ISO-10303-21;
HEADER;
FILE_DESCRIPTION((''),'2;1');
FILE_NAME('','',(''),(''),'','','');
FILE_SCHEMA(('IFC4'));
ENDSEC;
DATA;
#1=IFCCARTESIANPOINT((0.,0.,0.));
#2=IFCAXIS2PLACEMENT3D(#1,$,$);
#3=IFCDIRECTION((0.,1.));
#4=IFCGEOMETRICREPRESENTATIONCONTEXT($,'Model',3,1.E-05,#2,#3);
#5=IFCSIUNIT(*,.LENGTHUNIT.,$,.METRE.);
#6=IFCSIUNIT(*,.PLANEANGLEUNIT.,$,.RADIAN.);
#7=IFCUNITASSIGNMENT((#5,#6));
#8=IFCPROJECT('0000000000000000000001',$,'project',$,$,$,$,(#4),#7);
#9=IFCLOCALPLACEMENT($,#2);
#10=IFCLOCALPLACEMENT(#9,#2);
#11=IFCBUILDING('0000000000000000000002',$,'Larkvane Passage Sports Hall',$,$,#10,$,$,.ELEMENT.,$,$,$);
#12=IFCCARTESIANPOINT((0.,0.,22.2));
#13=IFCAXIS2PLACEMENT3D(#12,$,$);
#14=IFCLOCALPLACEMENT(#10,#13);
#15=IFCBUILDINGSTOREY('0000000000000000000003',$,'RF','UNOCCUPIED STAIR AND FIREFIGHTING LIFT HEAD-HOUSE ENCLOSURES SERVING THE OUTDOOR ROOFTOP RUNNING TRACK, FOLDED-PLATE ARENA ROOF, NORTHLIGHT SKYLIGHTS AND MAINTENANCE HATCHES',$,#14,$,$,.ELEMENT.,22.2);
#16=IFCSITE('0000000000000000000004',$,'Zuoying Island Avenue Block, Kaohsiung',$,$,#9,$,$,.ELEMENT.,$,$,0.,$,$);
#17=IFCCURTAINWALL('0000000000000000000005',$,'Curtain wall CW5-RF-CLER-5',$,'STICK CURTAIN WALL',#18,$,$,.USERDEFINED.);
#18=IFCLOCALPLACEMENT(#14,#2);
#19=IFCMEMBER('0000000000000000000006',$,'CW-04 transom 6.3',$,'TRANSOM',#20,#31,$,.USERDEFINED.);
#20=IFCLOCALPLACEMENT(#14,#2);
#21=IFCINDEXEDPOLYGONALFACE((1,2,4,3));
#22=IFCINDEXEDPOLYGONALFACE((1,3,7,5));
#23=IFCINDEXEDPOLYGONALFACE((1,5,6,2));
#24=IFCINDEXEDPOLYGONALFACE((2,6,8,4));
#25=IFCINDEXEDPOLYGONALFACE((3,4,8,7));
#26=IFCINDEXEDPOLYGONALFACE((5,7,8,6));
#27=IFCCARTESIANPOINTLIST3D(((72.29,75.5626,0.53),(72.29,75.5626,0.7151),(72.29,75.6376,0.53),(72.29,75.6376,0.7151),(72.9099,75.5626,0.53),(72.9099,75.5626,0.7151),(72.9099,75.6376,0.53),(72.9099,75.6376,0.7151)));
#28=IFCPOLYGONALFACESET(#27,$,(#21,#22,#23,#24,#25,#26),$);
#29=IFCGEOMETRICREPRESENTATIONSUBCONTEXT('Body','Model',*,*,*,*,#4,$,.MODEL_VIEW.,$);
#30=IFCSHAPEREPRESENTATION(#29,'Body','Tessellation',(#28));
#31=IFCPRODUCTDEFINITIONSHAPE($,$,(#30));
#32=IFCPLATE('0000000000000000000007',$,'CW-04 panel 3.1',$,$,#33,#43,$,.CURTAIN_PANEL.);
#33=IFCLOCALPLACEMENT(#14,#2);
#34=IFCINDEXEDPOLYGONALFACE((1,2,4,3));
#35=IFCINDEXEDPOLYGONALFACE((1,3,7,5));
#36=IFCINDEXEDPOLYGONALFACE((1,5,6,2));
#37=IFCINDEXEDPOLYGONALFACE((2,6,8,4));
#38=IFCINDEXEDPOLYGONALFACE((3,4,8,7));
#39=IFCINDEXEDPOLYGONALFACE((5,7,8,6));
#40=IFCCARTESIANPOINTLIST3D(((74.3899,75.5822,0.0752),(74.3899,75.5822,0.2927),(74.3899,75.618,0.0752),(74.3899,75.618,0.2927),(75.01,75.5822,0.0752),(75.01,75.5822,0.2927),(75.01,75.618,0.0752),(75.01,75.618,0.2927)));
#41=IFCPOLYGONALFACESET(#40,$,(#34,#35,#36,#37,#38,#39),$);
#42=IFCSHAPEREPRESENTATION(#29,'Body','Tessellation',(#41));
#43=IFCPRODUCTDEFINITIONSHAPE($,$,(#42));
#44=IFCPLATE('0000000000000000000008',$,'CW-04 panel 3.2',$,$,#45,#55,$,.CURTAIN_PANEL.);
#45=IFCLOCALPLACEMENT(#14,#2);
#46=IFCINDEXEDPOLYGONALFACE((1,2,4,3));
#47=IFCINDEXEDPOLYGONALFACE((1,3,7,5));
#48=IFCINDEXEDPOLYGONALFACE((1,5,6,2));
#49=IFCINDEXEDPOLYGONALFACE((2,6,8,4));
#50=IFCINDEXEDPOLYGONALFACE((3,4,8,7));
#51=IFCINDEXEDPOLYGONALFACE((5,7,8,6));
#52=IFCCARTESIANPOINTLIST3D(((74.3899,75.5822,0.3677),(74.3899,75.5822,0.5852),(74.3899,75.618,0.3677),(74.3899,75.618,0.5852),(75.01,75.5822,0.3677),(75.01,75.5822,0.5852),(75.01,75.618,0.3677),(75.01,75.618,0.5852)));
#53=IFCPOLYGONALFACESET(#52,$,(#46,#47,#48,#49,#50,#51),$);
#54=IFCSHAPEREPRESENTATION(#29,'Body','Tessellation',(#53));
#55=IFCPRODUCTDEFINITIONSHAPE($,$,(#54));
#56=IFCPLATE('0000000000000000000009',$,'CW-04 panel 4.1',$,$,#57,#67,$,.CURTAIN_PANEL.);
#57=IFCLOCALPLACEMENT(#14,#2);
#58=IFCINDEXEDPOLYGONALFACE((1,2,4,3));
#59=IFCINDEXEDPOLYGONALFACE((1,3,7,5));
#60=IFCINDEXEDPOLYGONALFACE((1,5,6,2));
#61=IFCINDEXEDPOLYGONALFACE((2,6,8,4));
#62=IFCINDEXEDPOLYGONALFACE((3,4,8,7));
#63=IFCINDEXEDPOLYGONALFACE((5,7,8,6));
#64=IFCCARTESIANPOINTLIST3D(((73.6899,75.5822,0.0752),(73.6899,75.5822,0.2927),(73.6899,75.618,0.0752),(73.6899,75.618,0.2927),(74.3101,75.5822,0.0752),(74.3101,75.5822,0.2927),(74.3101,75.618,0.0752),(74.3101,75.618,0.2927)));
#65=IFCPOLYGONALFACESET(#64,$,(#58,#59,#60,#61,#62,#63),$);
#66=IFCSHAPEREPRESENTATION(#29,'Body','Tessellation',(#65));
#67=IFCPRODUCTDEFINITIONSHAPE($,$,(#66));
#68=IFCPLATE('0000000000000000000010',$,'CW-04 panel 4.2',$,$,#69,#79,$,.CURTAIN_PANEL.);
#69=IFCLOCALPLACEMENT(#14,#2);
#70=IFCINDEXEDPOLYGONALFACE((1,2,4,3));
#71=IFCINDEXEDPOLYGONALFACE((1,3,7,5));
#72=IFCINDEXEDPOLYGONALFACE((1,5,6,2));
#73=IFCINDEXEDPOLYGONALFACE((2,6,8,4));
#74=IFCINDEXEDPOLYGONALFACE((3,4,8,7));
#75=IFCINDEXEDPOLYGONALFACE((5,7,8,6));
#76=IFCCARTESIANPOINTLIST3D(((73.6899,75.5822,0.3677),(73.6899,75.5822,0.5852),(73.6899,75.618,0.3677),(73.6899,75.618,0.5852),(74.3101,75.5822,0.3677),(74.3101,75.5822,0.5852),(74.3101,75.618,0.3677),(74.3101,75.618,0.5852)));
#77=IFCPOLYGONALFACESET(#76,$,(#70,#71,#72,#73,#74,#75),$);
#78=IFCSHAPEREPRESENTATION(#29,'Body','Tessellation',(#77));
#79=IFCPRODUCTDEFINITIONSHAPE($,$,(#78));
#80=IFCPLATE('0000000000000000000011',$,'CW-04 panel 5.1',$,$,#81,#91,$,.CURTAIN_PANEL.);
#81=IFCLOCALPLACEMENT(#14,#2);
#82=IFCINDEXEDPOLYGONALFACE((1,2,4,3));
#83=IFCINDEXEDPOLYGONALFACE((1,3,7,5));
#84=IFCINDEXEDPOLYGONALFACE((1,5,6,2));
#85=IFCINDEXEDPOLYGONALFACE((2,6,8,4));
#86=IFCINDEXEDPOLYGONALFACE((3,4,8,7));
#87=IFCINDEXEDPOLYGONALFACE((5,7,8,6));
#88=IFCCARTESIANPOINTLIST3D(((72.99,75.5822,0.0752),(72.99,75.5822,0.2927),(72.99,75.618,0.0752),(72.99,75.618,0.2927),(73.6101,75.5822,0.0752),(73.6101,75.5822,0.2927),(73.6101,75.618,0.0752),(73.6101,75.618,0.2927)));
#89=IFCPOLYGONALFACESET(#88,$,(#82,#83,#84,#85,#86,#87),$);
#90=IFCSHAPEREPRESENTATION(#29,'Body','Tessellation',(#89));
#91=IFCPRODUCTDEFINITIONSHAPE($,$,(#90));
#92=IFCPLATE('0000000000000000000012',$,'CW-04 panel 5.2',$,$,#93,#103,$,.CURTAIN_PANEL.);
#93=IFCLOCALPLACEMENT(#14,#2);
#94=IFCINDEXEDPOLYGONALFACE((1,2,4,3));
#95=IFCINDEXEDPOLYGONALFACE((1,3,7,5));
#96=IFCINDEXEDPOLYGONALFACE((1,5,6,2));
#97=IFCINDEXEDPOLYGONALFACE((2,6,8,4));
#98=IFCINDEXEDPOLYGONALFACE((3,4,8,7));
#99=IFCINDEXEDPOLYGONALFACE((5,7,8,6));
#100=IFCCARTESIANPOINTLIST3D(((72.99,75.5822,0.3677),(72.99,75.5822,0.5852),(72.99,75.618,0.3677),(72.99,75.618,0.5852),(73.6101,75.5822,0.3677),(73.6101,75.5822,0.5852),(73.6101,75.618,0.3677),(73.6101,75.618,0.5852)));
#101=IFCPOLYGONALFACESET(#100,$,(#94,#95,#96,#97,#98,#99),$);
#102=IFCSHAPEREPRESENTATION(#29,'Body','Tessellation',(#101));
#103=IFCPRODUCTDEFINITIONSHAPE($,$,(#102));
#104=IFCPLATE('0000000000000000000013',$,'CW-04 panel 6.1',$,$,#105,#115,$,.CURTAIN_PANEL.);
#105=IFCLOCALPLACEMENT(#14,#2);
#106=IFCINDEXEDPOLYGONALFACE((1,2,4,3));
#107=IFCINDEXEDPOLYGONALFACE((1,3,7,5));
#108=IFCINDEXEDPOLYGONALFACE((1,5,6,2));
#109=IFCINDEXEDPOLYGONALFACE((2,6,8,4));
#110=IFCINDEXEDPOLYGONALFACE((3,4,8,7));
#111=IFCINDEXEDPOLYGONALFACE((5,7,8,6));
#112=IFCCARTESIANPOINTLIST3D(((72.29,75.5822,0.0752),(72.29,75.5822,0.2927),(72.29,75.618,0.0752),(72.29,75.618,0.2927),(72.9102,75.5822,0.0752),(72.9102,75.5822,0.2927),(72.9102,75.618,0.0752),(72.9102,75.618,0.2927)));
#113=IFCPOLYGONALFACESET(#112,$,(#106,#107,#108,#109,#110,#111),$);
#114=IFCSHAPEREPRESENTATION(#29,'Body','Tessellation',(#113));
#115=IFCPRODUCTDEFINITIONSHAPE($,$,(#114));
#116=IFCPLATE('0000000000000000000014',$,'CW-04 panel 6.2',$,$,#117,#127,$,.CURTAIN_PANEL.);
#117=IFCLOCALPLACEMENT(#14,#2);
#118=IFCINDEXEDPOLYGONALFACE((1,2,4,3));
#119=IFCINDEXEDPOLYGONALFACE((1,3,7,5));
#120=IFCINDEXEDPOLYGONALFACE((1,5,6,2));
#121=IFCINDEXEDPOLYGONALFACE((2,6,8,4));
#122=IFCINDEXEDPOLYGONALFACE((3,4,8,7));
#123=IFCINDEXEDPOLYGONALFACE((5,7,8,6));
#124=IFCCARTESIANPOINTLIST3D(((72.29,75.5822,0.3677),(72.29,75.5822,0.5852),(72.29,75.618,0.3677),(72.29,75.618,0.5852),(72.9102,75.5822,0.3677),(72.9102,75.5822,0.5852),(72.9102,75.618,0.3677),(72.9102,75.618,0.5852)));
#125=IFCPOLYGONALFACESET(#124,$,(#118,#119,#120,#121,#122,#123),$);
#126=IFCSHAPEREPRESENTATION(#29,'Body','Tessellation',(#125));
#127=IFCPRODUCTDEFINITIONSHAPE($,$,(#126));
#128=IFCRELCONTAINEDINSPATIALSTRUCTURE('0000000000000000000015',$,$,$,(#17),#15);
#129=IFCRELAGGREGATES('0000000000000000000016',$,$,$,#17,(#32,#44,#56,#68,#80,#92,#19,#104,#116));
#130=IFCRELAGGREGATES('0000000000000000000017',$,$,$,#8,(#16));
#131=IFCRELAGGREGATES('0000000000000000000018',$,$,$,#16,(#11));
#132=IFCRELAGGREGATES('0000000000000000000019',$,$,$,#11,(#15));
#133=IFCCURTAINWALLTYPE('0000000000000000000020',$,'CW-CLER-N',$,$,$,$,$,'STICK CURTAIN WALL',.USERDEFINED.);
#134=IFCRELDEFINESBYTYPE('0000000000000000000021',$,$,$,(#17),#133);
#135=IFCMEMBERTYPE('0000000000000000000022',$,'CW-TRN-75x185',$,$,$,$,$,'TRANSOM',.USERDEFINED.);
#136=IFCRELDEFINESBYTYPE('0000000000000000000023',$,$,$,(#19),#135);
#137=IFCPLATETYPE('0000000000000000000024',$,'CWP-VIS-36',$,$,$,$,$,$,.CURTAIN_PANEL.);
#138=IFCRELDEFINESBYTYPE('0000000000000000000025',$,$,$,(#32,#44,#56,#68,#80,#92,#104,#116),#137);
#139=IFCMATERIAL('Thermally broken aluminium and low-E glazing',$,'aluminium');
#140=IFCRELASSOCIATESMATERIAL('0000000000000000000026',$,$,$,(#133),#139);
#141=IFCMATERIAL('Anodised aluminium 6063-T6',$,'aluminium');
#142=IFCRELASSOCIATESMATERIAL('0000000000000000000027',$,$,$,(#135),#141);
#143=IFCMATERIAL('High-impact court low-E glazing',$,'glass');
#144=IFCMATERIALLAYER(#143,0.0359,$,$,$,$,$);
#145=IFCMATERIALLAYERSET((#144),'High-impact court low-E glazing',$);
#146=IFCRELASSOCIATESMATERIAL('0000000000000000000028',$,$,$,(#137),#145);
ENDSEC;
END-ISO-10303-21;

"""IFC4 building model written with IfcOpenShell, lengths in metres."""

from ifc_helpers import new_model, si_unit, direction, frame, origin, origin_2d, place, context, subcontext, project, spatial, rectangle, extrude, material, layer, layer_set, material_profile, profile_set, type_object, element, aggregate, save


model = new_model("IFC4")

# Units and contexts
model_context = context("Model", 3, precision=1e-05, world=origin(), true_north=direction((0.0, 1.0)))
body_context = subcontext(model_context, "Body", "Model", "MODEL_VIEW")
ifc_project = project(units=[si_unit("LENGTHUNIT", "METRE"), si_unit("PLANEANGLEUNIT", "RADIAN")], contexts=[model_context])

# Site, building, storey
site_placement = place(None, origin())
site = spatial("IfcSite", under=ifc_project, at=site_placement, Name="Zuoying Island Avenue Block, Kaohsiung", CompositionType="ELEMENT", RefElevation=0.0)
building_placement = place(site_placement, origin())
building = spatial("IfcBuilding", under=site, at=building_placement, Name="Larkvane Passage Sports Hall", CompositionType="ELEMENT")
storey_placement = place(building_placement, frame((0.0, 0.0, 22.2)))
storey = spatial("IfcBuildingStorey", under=building, at=storey_placement, Name="RF", Description="UNOCCUPIED STAIR AND FIREFIGHTING LIFT HEAD-HOUSE ENCLOSURES SERVING THE OUTDOOR ROOFTOP RUNNING TRACK, FOLDED-PLATE ARENA ROOF, NORTHLIGHT SKYLIGHTS AND MAINTENANCE HATCHES", CompositionType="ELEMENT", Elevation=22.2)

# Curtain wall, member, plates
ifc_material_1 = material(Name="Thermally broken aluminium and low-E glazing", Category="aluminium")
curtain_wall_type = type_object("IfcCurtainWallType", Name="CW-CLER-N", ElementType="STICK CURTAIN WALL", PredefinedType="USERDEFINED", material=ifc_material_1)
curtain_wall_placement = place(storey_placement, origin())
curtain_wall = element("IfcCurtainWall", 1, at=curtain_wall_placement, inside=storey, type_object=curtain_wall_type, Name="Curtain wall CW5-RF-CLER-5", ObjectType="STICK CURTAIN WALL", PredefinedType="USERDEFINED")
ifc_material_2 = material(Name="Anodised aluminium 6063-T6", Category="aluminium")
ifc_material_profile_1 = material_profile(ifc_material_2, rectangle(XDim=0.075, YDim=0.1851, at=origin_2d()), Name="ALU-TRN-75x185")
ifc_profile_set_1 = profile_set([ifc_material_profile_1], Name="Anodised aluminium 6063-T6")
member_type_1 = type_object("IfcMemberType", Name="CW-TRN-75x185", ElementType="TRANSOM", PredefinedType="USERDEFINED", material=ifc_profile_set_1)
member_1_placement = place(storey_placement, frame((72.9099, 75.6001, 0.6226), z_axis=(-1.0, 0.0, 0.0), x_axis=(0.0, -1.0, 0.0)))
member_1 = element("IfcMember", 2, at=member_1_placement, type_object=member_type_1, Name="CW-04 transom 6.3", ObjectType="TRANSOM", PredefinedType="USERDEFINED", context=body_context, shape_type="SweptSolid", body=[
    extrude(rectangle(XDim=0.075, YDim=0.1851, at=origin_2d()), origin(), (0.0, 0.0, 1.0), 0.6199),
])
ifc_material_3 = material(Name="High-impact court low-E glazing", Category="glass")
ifc_layer = layer(ifc_material_3, 0.0359)
ifc_layer_set = layer_set([ifc_layer], Name="High-impact court low-E glazing")
plate_type = type_object("IfcPlateType", Name="CWP-VIS-36", PredefinedType="CURTAIN_PANEL", material=ifc_layer_set)
plate_1_placement = place(storey_placement, frame((74.7, 75.6001, 0.0752), z_axis=(0.0, 0.0, 1.0), x_axis=(-1.0, 0.0, 0.0)))
plate_1 = element("IfcPlate", 3, at=plate_1_placement, type_object=plate_type, Name="CW-04 panel 3.1", PredefinedType="CURTAIN_PANEL", context=body_context, shape_type="SweptSolid", body=[
    extrude(rectangle(XDim=0.6201, YDim=0.0359, at=origin_2d()), origin(), (0.0, 0.0, 1.0), 0.2175),
])
plate_2_placement = place(storey_placement, frame((74.7, 75.6001, 0.3677), z_axis=(0.0, 0.0, 1.0), x_axis=(-1.0, 0.0, 0.0)))
plate_2 = element("IfcPlate", 4, at=plate_2_placement, type_object=plate_type, Name="CW-04 panel 3.2", PredefinedType="CURTAIN_PANEL", context=body_context, shape_type="SweptSolid", body=[
    extrude(rectangle(XDim=0.6201, YDim=0.0359, at=origin_2d()), origin(), (0.0, 0.0, 1.0), 0.2175),
])
plate_3_placement = place(storey_placement, frame((74.0, 75.6001, 0.0752), z_axis=(0.0, 0.0, 1.0), x_axis=(-1.0, 0.0, 0.0)))
plate_3 = element("IfcPlate", 5, at=plate_3_placement, type_object=plate_type, Name="CW-04 panel 4.1", PredefinedType="CURTAIN_PANEL", context=body_context, shape_type="SweptSolid", body=[
    extrude(rectangle(XDim=0.6201, YDim=0.0359, at=origin_2d()), origin(), (0.0, 0.0, 1.0), 0.2175),
])
plate_4_placement = place(storey_placement, frame((74.0, 75.6001, 0.3677), z_axis=(0.0, 0.0, 1.0), x_axis=(-1.0, 0.0, 0.0)))
plate_4 = element("IfcPlate", 6, at=plate_4_placement, type_object=plate_type, Name="CW-04 panel 4.2", PredefinedType="CURTAIN_PANEL", context=body_context, shape_type="SweptSolid", body=[
    extrude(rectangle(XDim=0.6201, YDim=0.0359, at=origin_2d()), origin(), (0.0, 0.0, 1.0), 0.2175),
])
plate_5_placement = place(storey_placement, frame((73.3, 75.6001, 0.0752), z_axis=(0.0, 0.0, 1.0), x_axis=(-1.0, 0.0, 0.0)))
plate_5 = element("IfcPlate", 7, at=plate_5_placement, type_object=plate_type, Name="CW-04 panel 5.1", PredefinedType="CURTAIN_PANEL", context=body_context, shape_type="SweptSolid", body=[
    extrude(rectangle(XDim=0.6201, YDim=0.0359, at=origin_2d()), origin(), (0.0, 0.0, 1.0), 0.2175),
])
plate_6_placement = place(storey_placement, frame((73.3, 75.6001, 0.3677), z_axis=(0.0, 0.0, 1.0), x_axis=(-1.0, 0.0, 0.0)))
plate_6 = element("IfcPlate", 8, at=plate_6_placement, type_object=plate_type, Name="CW-04 panel 5.2", PredefinedType="CURTAIN_PANEL", context=body_context, shape_type="SweptSolid", body=[
    extrude(rectangle(XDim=0.6201, YDim=0.0359, at=origin_2d()), origin(), (0.0, 0.0, 1.0), 0.2175),
])
plate_7_placement = place(storey_placement, frame((72.6001, 75.6001, 0.0752), z_axis=(0.0, 0.0, 1.0), x_axis=(-1.0, 0.0, 0.0)))
plate_7 = element("IfcPlate", 9, at=plate_7_placement, type_object=plate_type, Name="CW-04 panel 6.1", PredefinedType="CURTAIN_PANEL", context=body_context, shape_type="SweptSolid", body=[
    extrude(rectangle(XDim=0.6201, YDim=0.0359, at=origin_2d()), origin(), (0.0, 0.0, 1.0), 0.2175),
])
plate_8_placement = place(storey_placement, frame((72.6001, 75.6001, 0.3677), z_axis=(0.0, 0.0, 1.0), x_axis=(-1.0, 0.0, 0.0)))
plate_8 = element("IfcPlate", 10, at=plate_8_placement, type_object=plate_type, Name="CW-04 panel 6.2", PredefinedType="CURTAIN_PANEL", context=body_context, shape_type="SweptSolid", body=[
    extrude(rectangle(XDim=0.6201, YDim=0.0359, at=origin_2d()), origin(), (0.0, 0.0, 1.0), 0.2175),
])
aggregate(curtain_wall, [plate_1, plate_2, plate_3, plate_4, plate_5, plate_6, member_1, plate_7, plate_8])

save(model, "model.ifc")
